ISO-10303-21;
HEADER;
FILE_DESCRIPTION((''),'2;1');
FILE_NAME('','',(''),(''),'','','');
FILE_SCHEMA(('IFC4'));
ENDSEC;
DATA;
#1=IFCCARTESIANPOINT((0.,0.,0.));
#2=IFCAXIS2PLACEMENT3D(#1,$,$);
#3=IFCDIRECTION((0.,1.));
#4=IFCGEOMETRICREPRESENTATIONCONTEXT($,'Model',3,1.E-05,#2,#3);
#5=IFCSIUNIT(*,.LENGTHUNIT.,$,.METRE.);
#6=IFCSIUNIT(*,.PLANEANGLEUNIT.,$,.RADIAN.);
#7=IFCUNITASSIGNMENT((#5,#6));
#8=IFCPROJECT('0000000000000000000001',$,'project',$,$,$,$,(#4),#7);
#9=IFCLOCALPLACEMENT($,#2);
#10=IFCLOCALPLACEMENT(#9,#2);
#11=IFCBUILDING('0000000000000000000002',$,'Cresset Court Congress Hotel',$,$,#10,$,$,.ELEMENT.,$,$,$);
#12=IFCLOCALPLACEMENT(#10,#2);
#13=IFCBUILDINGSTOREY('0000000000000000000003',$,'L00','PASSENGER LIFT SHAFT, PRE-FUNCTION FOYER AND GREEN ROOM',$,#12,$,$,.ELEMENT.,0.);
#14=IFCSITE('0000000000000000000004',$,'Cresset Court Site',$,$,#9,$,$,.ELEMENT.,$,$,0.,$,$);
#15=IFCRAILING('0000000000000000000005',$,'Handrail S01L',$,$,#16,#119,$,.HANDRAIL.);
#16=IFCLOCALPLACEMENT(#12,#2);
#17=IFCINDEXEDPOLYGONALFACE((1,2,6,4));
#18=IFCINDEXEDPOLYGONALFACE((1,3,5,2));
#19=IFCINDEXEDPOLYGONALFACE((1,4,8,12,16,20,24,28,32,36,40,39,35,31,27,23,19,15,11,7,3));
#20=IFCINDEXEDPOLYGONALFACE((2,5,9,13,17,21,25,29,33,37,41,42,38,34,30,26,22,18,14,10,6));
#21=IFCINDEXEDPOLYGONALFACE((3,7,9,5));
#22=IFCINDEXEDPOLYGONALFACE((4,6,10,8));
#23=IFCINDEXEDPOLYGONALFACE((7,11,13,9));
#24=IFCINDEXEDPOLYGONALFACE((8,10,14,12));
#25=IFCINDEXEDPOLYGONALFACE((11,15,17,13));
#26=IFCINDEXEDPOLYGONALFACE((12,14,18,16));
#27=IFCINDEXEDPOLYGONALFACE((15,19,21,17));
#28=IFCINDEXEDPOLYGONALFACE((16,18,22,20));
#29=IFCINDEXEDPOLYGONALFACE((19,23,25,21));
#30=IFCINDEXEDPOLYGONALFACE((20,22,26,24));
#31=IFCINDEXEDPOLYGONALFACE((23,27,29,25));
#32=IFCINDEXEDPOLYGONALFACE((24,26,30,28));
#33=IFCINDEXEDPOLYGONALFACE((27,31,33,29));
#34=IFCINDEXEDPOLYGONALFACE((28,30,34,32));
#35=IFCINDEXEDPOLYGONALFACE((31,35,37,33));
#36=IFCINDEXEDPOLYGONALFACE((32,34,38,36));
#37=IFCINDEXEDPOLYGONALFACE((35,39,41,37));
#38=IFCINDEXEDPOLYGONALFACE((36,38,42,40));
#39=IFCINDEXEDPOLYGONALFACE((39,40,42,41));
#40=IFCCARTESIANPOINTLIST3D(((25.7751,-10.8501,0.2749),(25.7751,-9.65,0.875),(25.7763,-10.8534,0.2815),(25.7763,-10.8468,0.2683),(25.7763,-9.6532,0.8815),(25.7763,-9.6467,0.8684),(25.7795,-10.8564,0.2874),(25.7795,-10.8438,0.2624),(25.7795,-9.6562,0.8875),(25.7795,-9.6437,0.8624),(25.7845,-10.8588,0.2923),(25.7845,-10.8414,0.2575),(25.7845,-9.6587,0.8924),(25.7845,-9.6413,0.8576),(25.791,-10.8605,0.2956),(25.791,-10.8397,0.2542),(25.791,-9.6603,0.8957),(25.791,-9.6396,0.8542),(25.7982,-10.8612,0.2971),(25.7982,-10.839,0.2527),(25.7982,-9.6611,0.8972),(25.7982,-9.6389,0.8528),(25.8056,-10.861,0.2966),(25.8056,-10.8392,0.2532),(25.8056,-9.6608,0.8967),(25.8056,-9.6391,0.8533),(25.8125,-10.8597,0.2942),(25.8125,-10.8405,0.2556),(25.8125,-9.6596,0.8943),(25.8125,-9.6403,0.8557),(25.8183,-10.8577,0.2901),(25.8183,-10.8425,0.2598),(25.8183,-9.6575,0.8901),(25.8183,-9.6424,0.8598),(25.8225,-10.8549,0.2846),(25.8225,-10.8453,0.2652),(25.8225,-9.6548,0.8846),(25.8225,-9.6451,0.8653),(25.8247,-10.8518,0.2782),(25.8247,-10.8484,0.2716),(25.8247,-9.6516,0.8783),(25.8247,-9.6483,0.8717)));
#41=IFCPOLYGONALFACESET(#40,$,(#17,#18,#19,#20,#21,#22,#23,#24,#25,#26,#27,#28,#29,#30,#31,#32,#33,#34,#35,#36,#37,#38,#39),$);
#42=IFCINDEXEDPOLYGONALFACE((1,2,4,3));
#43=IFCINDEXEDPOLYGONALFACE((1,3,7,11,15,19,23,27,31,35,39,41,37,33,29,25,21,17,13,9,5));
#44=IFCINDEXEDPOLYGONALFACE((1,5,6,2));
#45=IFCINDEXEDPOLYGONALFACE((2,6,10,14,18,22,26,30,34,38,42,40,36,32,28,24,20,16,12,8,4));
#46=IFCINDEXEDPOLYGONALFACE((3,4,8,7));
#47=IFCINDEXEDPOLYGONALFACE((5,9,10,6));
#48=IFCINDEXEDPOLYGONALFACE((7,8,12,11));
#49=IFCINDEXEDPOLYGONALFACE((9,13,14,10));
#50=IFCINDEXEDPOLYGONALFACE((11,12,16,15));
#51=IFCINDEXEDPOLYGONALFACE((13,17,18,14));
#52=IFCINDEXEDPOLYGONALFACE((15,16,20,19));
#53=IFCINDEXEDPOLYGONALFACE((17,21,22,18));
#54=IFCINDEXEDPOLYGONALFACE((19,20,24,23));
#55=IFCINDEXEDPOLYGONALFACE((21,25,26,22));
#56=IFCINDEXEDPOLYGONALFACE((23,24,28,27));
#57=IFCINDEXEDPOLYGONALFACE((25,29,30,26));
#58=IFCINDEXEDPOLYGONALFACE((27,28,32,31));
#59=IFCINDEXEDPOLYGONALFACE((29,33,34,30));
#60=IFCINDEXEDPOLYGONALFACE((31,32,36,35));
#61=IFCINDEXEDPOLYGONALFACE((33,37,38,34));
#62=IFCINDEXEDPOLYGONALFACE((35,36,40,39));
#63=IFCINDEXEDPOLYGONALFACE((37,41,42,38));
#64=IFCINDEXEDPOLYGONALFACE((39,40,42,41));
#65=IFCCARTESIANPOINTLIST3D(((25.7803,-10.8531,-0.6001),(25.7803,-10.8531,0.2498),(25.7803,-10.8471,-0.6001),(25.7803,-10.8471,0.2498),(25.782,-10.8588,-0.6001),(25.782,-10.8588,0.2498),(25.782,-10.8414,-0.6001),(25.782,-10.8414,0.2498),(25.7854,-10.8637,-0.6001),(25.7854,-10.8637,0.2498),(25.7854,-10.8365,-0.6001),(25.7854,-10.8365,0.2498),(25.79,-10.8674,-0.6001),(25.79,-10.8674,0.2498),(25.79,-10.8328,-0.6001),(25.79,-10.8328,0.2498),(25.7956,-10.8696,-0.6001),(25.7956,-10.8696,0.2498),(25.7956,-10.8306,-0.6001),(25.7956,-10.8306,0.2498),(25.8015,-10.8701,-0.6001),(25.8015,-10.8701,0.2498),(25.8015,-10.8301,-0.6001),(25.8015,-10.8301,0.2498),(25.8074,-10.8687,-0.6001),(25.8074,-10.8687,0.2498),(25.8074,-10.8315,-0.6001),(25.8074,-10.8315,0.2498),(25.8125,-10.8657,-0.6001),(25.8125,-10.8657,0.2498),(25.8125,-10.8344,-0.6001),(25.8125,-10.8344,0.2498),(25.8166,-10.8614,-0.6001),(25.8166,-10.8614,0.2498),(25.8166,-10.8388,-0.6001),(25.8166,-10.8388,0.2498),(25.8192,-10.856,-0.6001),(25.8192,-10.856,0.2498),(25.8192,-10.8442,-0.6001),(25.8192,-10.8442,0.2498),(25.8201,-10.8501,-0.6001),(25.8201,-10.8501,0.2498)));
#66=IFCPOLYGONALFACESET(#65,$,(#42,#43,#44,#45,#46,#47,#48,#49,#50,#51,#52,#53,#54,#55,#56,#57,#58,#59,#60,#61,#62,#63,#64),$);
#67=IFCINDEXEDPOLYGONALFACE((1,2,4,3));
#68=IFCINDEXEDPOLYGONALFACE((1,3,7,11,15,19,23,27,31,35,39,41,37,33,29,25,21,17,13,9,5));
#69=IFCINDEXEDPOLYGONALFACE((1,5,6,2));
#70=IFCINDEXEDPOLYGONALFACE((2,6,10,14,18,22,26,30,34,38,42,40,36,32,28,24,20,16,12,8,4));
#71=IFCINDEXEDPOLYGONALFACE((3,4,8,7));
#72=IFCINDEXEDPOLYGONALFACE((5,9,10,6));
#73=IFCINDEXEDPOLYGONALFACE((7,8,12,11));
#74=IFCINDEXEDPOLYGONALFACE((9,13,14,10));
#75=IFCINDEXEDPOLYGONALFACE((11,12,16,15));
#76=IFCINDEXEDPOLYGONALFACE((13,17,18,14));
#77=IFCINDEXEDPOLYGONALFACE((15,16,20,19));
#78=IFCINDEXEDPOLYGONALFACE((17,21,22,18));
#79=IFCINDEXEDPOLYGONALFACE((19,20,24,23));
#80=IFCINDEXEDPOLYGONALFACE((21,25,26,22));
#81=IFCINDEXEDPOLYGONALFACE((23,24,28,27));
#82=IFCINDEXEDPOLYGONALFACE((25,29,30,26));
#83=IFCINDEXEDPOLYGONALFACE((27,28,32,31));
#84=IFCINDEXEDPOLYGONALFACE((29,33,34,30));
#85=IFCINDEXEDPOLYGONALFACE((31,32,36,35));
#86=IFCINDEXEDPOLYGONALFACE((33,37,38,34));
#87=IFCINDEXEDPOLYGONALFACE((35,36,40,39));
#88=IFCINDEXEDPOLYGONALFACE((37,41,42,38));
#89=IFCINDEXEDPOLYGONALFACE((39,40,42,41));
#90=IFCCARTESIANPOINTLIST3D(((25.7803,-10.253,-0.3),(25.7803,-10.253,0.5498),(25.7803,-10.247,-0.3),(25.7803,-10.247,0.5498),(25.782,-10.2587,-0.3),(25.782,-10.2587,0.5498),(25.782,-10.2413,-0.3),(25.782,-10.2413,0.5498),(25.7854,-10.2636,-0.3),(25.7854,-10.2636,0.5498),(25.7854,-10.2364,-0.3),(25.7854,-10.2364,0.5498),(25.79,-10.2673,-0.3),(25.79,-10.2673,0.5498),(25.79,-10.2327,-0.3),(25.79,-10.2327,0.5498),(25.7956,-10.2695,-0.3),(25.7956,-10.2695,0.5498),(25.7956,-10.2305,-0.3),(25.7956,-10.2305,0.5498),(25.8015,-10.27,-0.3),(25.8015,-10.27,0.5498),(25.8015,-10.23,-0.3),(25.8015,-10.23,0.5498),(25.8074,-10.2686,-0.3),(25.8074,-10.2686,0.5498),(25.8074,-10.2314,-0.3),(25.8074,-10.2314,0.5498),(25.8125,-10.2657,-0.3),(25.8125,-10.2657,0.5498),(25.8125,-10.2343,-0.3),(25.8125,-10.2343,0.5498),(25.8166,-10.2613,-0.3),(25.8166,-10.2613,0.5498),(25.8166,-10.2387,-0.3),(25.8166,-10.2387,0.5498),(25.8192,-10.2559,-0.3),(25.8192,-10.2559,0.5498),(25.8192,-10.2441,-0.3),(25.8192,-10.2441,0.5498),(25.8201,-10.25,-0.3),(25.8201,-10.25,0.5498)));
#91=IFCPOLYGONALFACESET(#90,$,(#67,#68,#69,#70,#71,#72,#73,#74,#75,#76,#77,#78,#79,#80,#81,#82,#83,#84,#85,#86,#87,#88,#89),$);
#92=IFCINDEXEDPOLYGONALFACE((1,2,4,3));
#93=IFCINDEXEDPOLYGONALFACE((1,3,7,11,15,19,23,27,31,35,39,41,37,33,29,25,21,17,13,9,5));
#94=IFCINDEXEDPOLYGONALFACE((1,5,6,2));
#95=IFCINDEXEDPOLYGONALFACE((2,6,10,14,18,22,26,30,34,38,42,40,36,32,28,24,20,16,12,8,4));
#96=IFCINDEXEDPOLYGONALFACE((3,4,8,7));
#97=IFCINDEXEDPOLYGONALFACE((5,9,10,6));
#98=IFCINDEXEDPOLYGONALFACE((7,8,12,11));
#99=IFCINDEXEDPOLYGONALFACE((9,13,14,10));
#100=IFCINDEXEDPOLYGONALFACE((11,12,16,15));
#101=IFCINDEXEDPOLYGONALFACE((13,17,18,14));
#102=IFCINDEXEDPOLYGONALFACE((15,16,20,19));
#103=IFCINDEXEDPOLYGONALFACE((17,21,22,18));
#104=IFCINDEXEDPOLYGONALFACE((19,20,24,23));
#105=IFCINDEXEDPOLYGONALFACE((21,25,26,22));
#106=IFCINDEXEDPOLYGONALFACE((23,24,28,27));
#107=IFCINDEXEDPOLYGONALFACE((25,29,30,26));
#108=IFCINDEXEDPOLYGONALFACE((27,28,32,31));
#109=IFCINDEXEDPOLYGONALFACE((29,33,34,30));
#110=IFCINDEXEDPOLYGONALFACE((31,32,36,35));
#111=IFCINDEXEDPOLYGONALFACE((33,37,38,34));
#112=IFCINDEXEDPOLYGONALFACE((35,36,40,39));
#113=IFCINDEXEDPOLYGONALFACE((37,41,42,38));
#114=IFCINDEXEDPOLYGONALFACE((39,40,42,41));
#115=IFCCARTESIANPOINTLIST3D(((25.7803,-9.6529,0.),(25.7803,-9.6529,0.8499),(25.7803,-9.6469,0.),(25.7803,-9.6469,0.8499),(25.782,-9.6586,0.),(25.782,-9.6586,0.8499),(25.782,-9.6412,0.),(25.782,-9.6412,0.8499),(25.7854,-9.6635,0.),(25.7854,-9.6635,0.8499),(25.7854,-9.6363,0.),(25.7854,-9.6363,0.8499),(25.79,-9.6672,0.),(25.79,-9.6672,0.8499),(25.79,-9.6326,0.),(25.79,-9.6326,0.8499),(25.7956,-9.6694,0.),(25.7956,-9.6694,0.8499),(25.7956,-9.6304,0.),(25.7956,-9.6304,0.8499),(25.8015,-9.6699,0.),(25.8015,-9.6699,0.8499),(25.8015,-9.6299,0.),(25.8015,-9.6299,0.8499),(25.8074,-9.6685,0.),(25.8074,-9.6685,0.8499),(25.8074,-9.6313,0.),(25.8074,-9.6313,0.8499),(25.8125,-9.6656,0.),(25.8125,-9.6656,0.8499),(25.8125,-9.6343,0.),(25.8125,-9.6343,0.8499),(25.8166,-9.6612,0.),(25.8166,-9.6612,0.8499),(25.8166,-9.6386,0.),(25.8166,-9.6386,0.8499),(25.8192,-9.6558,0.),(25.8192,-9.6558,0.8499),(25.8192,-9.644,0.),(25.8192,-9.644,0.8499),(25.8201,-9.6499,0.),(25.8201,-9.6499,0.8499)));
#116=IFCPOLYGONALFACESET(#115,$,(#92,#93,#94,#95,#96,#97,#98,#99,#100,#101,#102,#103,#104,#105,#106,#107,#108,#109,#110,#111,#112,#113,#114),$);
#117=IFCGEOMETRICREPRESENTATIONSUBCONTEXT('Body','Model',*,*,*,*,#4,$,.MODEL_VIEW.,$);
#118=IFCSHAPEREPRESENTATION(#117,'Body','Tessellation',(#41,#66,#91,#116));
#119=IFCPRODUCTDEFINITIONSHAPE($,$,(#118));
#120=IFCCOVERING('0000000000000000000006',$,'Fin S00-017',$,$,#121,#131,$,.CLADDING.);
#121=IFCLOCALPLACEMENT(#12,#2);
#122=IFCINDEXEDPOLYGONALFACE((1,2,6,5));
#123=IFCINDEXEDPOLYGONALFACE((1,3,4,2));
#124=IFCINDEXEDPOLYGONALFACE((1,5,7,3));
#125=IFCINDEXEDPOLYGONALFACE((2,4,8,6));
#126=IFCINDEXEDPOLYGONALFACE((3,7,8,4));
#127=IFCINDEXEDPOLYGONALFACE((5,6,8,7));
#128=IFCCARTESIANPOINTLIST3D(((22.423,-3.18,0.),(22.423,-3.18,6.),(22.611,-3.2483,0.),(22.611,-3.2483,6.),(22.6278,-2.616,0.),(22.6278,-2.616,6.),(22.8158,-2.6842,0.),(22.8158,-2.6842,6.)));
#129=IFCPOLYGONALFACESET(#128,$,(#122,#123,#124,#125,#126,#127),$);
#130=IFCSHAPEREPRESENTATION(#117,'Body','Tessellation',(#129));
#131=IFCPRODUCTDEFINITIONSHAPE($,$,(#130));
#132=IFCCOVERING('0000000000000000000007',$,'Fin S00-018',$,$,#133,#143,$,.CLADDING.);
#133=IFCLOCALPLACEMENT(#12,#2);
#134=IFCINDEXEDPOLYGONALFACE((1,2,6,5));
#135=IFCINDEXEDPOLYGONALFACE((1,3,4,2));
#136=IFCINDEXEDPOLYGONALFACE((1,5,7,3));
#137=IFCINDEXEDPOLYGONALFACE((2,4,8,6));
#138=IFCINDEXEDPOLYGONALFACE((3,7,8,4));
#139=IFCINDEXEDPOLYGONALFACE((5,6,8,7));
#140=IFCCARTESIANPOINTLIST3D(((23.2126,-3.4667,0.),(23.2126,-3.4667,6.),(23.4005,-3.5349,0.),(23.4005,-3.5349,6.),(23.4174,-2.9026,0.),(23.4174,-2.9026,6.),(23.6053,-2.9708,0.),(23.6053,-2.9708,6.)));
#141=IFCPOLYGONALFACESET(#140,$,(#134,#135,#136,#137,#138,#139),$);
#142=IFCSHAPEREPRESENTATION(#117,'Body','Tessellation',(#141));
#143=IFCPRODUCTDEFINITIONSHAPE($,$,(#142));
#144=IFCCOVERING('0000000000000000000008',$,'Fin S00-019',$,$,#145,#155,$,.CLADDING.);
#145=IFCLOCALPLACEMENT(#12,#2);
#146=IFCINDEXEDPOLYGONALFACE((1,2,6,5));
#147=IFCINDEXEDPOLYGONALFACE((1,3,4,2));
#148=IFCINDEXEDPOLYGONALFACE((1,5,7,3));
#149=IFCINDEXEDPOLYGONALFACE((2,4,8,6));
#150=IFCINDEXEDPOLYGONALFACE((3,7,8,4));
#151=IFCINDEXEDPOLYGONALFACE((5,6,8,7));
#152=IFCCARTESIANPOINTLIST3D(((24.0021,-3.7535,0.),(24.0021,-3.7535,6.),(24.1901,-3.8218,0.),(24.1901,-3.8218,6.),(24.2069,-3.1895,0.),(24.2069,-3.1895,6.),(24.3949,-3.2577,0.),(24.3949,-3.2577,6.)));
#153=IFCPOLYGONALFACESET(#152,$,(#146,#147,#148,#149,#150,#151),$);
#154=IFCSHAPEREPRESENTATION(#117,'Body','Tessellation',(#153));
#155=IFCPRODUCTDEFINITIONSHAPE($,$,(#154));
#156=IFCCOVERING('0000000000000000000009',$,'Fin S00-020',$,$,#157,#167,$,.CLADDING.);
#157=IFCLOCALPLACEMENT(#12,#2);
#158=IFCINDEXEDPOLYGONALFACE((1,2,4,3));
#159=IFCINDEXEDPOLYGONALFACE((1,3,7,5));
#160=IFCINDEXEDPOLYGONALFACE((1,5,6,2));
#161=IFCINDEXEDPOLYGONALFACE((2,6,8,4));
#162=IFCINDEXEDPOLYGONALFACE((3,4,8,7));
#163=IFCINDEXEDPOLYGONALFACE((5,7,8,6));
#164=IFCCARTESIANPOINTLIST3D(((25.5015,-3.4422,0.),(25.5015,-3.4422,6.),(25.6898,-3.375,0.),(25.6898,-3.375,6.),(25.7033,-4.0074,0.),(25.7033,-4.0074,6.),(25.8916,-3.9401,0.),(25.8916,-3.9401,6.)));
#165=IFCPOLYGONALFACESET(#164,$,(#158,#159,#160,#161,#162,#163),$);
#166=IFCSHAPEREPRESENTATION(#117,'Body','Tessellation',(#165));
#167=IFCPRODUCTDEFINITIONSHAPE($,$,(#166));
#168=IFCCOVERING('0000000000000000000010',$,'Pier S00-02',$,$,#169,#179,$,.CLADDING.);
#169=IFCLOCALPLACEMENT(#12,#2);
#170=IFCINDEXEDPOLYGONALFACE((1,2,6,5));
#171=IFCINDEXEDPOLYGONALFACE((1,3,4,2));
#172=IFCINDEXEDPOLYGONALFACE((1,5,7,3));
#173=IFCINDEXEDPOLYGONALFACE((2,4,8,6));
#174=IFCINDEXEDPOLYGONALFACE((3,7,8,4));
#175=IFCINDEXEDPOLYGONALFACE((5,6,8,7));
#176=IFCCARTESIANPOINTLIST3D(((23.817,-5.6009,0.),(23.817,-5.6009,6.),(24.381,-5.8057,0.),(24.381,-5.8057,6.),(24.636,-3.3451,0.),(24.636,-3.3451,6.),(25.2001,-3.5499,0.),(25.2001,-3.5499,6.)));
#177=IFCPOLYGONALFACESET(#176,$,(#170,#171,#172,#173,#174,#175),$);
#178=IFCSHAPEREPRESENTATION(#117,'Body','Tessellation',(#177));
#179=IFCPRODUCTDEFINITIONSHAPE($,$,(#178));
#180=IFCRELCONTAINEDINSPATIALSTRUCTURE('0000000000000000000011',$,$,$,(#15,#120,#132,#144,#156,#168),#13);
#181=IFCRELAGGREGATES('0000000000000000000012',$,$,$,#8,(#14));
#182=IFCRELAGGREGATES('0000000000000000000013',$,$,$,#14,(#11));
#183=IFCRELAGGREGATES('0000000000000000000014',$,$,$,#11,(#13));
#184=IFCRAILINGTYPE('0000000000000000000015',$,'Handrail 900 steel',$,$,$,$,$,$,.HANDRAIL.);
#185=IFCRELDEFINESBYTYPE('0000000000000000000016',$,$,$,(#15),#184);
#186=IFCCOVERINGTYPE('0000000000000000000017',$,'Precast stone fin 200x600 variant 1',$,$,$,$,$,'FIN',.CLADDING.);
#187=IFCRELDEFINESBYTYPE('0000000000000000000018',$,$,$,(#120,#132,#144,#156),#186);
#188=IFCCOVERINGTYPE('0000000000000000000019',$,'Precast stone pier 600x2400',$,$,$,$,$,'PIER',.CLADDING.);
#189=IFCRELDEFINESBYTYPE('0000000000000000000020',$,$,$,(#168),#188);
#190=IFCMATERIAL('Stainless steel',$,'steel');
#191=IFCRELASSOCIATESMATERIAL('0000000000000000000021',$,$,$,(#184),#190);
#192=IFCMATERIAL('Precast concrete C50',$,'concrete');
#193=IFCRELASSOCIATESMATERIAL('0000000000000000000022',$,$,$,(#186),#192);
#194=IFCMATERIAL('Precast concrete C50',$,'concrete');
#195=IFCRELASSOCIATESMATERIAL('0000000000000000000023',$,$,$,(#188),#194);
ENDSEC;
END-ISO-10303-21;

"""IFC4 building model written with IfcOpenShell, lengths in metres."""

from ifc_helpers import new_model, si_unit, direction, frame, origin, origin_2d, place, context, subcontext, project, spatial, rectangle, circle, extrude, material, type_object, element, save


model = new_model("IFC4")

# Units and contexts
model_context = context("Model", 3, precision=1e-05, world=origin(), true_north=direction((0.0, 1.0)))
body_context = subcontext(model_context, "Body", "Model", "MODEL_VIEW")
ifc_project = project(units=[si_unit("LENGTHUNIT", "METRE"), si_unit("PLANEANGLEUNIT", "RADIAN")], contexts=[model_context])

# Site, building, storey
site_placement = place(None, origin())
site = spatial("IfcSite", under=ifc_project, at=site_placement, Name="Cresset Court Site", CompositionType="ELEMENT", RefElevation=0.0)
building_placement = place(site_placement, origin())
building = spatial("IfcBuilding", under=site, at=building_placement, Name="Cresset Court Congress Hotel", CompositionType="ELEMENT")
storey_placement = place(building_placement, origin())
storey = spatial("IfcBuildingStorey", under=building, at=storey_placement, Name="L00", Description="PASSENGER LIFT SHAFT, PRE-FUNCTION FOYER AND GREEN ROOM", CompositionType="ELEMENT", Elevation=0.0)

# Railing
ifc_material_1 = material(Name="Stainless steel", Category="steel")
railing_type = type_object("IfcRailingType", Name="Handrail 900 steel", PredefinedType="HANDRAIL", material=ifc_material_1)
railing_placement = place(storey_placement, frame((25.8, -10.8501, -0.6001)))
element("IfcRailing", 1, at=railing_placement, inside=storey, type_object=railing_type, Name="Handrail S01L", PredefinedType="HANDRAIL", context=body_context, shape_type="SweptSolid", body=[
    extrude(circle(Radius=0.0249, at=origin_2d()), frame((0.0, 0.0, 0.875), z_axis=(0.0, 0.894427, 0.447214), x_axis=(-1.0, 0.0, 0.0)), (0.0, 0.0, 1.0), 1.3418),
    extrude(circle(Radius=0.02, at=origin_2d()), origin(), (0.0, 0.0, 1.0), 0.8499),
    extrude(circle(Radius=0.02, at=origin_2d()), frame((0.0, 0.6001, 0.3)), (0.0, 0.0, 1.0), 0.8499),
    extrude(circle(Radius=0.02, at=origin_2d()), frame((0.0, 1.2002, 0.6001)), (0.0, 0.0, 1.0), 0.8499),
])

# Coverings
ifc_material_2 = material(Name="Precast concrete C50", Category="concrete")
covering_type_1 = type_object("IfcCoveringType", Name="Precast stone fin 200x600 variant 1", ElementType="FIN", PredefinedType="CLADDING", material=ifc_material_2)
for number, where, z_axis, x_axis, name in (
    (2, (22.6194, -2.9321, 0.0), (0.0, 0.0, 1.0), (0.939957, -0.341293, 0.0), "Fin S00-017"),
    (3, (23.4089, -3.2188, 0.0), (0.0, 0.0, 1.0), (0.939957, -0.341293, 0.0), "Fin S00-018"),
    (4, (24.1985, -3.5056, 0.0), (0.0, 0.0, 1.0), (0.939957, -0.341293, 0.0), "Fin S00-019"),
    (5, (25.6965, -3.6912, 0.0), (0.0, 0.0, 1.0), (0.941742, 0.336336, 0.0), "Fin S00-020"),
):
    element("IfcCovering", number, at=place(storey_placement, frame(where, z_axis=z_axis, x_axis=x_axis)), inside=storey, type_object=covering_type_1, Name=name, PredefinedType="CLADDING", context=body_context, shape_type="SweptSolid", body=[
        extrude(rectangle(XDim=0.2, YDim=0.6001, at=origin_2d()), origin(), (0.0, 0.0, 1.0), 6.0),
    ])
ifc_material_3 = material(Name="Precast concrete C50", Category="concrete")
covering_type_2 = type_object("IfcCoveringType", Name="Precast stone pier 600x2400", ElementType="PIER", PredefinedType="CLADDING", material=ifc_material_3)
covering_placement = place(storey_placement, frame((24.5085, -4.5754, 0.0), z_axis=(0.0, 0.0, 1.0), x_axis=(0.939957, -0.341293, 0.0)))
element("IfcCovering", 6, at=covering_placement, inside=storey, type_object=covering_type_2, Name="Pier S00-02", PredefinedType="CLADDING", context=body_context, shape_type="SweptSolid", body=[
    extrude(rectangle(XDim=0.6001, YDim=2.3999, at=origin_2d()), origin(), (0.0, 0.0, 1.0), 6.0),
])

save(model, "model.ifc")
